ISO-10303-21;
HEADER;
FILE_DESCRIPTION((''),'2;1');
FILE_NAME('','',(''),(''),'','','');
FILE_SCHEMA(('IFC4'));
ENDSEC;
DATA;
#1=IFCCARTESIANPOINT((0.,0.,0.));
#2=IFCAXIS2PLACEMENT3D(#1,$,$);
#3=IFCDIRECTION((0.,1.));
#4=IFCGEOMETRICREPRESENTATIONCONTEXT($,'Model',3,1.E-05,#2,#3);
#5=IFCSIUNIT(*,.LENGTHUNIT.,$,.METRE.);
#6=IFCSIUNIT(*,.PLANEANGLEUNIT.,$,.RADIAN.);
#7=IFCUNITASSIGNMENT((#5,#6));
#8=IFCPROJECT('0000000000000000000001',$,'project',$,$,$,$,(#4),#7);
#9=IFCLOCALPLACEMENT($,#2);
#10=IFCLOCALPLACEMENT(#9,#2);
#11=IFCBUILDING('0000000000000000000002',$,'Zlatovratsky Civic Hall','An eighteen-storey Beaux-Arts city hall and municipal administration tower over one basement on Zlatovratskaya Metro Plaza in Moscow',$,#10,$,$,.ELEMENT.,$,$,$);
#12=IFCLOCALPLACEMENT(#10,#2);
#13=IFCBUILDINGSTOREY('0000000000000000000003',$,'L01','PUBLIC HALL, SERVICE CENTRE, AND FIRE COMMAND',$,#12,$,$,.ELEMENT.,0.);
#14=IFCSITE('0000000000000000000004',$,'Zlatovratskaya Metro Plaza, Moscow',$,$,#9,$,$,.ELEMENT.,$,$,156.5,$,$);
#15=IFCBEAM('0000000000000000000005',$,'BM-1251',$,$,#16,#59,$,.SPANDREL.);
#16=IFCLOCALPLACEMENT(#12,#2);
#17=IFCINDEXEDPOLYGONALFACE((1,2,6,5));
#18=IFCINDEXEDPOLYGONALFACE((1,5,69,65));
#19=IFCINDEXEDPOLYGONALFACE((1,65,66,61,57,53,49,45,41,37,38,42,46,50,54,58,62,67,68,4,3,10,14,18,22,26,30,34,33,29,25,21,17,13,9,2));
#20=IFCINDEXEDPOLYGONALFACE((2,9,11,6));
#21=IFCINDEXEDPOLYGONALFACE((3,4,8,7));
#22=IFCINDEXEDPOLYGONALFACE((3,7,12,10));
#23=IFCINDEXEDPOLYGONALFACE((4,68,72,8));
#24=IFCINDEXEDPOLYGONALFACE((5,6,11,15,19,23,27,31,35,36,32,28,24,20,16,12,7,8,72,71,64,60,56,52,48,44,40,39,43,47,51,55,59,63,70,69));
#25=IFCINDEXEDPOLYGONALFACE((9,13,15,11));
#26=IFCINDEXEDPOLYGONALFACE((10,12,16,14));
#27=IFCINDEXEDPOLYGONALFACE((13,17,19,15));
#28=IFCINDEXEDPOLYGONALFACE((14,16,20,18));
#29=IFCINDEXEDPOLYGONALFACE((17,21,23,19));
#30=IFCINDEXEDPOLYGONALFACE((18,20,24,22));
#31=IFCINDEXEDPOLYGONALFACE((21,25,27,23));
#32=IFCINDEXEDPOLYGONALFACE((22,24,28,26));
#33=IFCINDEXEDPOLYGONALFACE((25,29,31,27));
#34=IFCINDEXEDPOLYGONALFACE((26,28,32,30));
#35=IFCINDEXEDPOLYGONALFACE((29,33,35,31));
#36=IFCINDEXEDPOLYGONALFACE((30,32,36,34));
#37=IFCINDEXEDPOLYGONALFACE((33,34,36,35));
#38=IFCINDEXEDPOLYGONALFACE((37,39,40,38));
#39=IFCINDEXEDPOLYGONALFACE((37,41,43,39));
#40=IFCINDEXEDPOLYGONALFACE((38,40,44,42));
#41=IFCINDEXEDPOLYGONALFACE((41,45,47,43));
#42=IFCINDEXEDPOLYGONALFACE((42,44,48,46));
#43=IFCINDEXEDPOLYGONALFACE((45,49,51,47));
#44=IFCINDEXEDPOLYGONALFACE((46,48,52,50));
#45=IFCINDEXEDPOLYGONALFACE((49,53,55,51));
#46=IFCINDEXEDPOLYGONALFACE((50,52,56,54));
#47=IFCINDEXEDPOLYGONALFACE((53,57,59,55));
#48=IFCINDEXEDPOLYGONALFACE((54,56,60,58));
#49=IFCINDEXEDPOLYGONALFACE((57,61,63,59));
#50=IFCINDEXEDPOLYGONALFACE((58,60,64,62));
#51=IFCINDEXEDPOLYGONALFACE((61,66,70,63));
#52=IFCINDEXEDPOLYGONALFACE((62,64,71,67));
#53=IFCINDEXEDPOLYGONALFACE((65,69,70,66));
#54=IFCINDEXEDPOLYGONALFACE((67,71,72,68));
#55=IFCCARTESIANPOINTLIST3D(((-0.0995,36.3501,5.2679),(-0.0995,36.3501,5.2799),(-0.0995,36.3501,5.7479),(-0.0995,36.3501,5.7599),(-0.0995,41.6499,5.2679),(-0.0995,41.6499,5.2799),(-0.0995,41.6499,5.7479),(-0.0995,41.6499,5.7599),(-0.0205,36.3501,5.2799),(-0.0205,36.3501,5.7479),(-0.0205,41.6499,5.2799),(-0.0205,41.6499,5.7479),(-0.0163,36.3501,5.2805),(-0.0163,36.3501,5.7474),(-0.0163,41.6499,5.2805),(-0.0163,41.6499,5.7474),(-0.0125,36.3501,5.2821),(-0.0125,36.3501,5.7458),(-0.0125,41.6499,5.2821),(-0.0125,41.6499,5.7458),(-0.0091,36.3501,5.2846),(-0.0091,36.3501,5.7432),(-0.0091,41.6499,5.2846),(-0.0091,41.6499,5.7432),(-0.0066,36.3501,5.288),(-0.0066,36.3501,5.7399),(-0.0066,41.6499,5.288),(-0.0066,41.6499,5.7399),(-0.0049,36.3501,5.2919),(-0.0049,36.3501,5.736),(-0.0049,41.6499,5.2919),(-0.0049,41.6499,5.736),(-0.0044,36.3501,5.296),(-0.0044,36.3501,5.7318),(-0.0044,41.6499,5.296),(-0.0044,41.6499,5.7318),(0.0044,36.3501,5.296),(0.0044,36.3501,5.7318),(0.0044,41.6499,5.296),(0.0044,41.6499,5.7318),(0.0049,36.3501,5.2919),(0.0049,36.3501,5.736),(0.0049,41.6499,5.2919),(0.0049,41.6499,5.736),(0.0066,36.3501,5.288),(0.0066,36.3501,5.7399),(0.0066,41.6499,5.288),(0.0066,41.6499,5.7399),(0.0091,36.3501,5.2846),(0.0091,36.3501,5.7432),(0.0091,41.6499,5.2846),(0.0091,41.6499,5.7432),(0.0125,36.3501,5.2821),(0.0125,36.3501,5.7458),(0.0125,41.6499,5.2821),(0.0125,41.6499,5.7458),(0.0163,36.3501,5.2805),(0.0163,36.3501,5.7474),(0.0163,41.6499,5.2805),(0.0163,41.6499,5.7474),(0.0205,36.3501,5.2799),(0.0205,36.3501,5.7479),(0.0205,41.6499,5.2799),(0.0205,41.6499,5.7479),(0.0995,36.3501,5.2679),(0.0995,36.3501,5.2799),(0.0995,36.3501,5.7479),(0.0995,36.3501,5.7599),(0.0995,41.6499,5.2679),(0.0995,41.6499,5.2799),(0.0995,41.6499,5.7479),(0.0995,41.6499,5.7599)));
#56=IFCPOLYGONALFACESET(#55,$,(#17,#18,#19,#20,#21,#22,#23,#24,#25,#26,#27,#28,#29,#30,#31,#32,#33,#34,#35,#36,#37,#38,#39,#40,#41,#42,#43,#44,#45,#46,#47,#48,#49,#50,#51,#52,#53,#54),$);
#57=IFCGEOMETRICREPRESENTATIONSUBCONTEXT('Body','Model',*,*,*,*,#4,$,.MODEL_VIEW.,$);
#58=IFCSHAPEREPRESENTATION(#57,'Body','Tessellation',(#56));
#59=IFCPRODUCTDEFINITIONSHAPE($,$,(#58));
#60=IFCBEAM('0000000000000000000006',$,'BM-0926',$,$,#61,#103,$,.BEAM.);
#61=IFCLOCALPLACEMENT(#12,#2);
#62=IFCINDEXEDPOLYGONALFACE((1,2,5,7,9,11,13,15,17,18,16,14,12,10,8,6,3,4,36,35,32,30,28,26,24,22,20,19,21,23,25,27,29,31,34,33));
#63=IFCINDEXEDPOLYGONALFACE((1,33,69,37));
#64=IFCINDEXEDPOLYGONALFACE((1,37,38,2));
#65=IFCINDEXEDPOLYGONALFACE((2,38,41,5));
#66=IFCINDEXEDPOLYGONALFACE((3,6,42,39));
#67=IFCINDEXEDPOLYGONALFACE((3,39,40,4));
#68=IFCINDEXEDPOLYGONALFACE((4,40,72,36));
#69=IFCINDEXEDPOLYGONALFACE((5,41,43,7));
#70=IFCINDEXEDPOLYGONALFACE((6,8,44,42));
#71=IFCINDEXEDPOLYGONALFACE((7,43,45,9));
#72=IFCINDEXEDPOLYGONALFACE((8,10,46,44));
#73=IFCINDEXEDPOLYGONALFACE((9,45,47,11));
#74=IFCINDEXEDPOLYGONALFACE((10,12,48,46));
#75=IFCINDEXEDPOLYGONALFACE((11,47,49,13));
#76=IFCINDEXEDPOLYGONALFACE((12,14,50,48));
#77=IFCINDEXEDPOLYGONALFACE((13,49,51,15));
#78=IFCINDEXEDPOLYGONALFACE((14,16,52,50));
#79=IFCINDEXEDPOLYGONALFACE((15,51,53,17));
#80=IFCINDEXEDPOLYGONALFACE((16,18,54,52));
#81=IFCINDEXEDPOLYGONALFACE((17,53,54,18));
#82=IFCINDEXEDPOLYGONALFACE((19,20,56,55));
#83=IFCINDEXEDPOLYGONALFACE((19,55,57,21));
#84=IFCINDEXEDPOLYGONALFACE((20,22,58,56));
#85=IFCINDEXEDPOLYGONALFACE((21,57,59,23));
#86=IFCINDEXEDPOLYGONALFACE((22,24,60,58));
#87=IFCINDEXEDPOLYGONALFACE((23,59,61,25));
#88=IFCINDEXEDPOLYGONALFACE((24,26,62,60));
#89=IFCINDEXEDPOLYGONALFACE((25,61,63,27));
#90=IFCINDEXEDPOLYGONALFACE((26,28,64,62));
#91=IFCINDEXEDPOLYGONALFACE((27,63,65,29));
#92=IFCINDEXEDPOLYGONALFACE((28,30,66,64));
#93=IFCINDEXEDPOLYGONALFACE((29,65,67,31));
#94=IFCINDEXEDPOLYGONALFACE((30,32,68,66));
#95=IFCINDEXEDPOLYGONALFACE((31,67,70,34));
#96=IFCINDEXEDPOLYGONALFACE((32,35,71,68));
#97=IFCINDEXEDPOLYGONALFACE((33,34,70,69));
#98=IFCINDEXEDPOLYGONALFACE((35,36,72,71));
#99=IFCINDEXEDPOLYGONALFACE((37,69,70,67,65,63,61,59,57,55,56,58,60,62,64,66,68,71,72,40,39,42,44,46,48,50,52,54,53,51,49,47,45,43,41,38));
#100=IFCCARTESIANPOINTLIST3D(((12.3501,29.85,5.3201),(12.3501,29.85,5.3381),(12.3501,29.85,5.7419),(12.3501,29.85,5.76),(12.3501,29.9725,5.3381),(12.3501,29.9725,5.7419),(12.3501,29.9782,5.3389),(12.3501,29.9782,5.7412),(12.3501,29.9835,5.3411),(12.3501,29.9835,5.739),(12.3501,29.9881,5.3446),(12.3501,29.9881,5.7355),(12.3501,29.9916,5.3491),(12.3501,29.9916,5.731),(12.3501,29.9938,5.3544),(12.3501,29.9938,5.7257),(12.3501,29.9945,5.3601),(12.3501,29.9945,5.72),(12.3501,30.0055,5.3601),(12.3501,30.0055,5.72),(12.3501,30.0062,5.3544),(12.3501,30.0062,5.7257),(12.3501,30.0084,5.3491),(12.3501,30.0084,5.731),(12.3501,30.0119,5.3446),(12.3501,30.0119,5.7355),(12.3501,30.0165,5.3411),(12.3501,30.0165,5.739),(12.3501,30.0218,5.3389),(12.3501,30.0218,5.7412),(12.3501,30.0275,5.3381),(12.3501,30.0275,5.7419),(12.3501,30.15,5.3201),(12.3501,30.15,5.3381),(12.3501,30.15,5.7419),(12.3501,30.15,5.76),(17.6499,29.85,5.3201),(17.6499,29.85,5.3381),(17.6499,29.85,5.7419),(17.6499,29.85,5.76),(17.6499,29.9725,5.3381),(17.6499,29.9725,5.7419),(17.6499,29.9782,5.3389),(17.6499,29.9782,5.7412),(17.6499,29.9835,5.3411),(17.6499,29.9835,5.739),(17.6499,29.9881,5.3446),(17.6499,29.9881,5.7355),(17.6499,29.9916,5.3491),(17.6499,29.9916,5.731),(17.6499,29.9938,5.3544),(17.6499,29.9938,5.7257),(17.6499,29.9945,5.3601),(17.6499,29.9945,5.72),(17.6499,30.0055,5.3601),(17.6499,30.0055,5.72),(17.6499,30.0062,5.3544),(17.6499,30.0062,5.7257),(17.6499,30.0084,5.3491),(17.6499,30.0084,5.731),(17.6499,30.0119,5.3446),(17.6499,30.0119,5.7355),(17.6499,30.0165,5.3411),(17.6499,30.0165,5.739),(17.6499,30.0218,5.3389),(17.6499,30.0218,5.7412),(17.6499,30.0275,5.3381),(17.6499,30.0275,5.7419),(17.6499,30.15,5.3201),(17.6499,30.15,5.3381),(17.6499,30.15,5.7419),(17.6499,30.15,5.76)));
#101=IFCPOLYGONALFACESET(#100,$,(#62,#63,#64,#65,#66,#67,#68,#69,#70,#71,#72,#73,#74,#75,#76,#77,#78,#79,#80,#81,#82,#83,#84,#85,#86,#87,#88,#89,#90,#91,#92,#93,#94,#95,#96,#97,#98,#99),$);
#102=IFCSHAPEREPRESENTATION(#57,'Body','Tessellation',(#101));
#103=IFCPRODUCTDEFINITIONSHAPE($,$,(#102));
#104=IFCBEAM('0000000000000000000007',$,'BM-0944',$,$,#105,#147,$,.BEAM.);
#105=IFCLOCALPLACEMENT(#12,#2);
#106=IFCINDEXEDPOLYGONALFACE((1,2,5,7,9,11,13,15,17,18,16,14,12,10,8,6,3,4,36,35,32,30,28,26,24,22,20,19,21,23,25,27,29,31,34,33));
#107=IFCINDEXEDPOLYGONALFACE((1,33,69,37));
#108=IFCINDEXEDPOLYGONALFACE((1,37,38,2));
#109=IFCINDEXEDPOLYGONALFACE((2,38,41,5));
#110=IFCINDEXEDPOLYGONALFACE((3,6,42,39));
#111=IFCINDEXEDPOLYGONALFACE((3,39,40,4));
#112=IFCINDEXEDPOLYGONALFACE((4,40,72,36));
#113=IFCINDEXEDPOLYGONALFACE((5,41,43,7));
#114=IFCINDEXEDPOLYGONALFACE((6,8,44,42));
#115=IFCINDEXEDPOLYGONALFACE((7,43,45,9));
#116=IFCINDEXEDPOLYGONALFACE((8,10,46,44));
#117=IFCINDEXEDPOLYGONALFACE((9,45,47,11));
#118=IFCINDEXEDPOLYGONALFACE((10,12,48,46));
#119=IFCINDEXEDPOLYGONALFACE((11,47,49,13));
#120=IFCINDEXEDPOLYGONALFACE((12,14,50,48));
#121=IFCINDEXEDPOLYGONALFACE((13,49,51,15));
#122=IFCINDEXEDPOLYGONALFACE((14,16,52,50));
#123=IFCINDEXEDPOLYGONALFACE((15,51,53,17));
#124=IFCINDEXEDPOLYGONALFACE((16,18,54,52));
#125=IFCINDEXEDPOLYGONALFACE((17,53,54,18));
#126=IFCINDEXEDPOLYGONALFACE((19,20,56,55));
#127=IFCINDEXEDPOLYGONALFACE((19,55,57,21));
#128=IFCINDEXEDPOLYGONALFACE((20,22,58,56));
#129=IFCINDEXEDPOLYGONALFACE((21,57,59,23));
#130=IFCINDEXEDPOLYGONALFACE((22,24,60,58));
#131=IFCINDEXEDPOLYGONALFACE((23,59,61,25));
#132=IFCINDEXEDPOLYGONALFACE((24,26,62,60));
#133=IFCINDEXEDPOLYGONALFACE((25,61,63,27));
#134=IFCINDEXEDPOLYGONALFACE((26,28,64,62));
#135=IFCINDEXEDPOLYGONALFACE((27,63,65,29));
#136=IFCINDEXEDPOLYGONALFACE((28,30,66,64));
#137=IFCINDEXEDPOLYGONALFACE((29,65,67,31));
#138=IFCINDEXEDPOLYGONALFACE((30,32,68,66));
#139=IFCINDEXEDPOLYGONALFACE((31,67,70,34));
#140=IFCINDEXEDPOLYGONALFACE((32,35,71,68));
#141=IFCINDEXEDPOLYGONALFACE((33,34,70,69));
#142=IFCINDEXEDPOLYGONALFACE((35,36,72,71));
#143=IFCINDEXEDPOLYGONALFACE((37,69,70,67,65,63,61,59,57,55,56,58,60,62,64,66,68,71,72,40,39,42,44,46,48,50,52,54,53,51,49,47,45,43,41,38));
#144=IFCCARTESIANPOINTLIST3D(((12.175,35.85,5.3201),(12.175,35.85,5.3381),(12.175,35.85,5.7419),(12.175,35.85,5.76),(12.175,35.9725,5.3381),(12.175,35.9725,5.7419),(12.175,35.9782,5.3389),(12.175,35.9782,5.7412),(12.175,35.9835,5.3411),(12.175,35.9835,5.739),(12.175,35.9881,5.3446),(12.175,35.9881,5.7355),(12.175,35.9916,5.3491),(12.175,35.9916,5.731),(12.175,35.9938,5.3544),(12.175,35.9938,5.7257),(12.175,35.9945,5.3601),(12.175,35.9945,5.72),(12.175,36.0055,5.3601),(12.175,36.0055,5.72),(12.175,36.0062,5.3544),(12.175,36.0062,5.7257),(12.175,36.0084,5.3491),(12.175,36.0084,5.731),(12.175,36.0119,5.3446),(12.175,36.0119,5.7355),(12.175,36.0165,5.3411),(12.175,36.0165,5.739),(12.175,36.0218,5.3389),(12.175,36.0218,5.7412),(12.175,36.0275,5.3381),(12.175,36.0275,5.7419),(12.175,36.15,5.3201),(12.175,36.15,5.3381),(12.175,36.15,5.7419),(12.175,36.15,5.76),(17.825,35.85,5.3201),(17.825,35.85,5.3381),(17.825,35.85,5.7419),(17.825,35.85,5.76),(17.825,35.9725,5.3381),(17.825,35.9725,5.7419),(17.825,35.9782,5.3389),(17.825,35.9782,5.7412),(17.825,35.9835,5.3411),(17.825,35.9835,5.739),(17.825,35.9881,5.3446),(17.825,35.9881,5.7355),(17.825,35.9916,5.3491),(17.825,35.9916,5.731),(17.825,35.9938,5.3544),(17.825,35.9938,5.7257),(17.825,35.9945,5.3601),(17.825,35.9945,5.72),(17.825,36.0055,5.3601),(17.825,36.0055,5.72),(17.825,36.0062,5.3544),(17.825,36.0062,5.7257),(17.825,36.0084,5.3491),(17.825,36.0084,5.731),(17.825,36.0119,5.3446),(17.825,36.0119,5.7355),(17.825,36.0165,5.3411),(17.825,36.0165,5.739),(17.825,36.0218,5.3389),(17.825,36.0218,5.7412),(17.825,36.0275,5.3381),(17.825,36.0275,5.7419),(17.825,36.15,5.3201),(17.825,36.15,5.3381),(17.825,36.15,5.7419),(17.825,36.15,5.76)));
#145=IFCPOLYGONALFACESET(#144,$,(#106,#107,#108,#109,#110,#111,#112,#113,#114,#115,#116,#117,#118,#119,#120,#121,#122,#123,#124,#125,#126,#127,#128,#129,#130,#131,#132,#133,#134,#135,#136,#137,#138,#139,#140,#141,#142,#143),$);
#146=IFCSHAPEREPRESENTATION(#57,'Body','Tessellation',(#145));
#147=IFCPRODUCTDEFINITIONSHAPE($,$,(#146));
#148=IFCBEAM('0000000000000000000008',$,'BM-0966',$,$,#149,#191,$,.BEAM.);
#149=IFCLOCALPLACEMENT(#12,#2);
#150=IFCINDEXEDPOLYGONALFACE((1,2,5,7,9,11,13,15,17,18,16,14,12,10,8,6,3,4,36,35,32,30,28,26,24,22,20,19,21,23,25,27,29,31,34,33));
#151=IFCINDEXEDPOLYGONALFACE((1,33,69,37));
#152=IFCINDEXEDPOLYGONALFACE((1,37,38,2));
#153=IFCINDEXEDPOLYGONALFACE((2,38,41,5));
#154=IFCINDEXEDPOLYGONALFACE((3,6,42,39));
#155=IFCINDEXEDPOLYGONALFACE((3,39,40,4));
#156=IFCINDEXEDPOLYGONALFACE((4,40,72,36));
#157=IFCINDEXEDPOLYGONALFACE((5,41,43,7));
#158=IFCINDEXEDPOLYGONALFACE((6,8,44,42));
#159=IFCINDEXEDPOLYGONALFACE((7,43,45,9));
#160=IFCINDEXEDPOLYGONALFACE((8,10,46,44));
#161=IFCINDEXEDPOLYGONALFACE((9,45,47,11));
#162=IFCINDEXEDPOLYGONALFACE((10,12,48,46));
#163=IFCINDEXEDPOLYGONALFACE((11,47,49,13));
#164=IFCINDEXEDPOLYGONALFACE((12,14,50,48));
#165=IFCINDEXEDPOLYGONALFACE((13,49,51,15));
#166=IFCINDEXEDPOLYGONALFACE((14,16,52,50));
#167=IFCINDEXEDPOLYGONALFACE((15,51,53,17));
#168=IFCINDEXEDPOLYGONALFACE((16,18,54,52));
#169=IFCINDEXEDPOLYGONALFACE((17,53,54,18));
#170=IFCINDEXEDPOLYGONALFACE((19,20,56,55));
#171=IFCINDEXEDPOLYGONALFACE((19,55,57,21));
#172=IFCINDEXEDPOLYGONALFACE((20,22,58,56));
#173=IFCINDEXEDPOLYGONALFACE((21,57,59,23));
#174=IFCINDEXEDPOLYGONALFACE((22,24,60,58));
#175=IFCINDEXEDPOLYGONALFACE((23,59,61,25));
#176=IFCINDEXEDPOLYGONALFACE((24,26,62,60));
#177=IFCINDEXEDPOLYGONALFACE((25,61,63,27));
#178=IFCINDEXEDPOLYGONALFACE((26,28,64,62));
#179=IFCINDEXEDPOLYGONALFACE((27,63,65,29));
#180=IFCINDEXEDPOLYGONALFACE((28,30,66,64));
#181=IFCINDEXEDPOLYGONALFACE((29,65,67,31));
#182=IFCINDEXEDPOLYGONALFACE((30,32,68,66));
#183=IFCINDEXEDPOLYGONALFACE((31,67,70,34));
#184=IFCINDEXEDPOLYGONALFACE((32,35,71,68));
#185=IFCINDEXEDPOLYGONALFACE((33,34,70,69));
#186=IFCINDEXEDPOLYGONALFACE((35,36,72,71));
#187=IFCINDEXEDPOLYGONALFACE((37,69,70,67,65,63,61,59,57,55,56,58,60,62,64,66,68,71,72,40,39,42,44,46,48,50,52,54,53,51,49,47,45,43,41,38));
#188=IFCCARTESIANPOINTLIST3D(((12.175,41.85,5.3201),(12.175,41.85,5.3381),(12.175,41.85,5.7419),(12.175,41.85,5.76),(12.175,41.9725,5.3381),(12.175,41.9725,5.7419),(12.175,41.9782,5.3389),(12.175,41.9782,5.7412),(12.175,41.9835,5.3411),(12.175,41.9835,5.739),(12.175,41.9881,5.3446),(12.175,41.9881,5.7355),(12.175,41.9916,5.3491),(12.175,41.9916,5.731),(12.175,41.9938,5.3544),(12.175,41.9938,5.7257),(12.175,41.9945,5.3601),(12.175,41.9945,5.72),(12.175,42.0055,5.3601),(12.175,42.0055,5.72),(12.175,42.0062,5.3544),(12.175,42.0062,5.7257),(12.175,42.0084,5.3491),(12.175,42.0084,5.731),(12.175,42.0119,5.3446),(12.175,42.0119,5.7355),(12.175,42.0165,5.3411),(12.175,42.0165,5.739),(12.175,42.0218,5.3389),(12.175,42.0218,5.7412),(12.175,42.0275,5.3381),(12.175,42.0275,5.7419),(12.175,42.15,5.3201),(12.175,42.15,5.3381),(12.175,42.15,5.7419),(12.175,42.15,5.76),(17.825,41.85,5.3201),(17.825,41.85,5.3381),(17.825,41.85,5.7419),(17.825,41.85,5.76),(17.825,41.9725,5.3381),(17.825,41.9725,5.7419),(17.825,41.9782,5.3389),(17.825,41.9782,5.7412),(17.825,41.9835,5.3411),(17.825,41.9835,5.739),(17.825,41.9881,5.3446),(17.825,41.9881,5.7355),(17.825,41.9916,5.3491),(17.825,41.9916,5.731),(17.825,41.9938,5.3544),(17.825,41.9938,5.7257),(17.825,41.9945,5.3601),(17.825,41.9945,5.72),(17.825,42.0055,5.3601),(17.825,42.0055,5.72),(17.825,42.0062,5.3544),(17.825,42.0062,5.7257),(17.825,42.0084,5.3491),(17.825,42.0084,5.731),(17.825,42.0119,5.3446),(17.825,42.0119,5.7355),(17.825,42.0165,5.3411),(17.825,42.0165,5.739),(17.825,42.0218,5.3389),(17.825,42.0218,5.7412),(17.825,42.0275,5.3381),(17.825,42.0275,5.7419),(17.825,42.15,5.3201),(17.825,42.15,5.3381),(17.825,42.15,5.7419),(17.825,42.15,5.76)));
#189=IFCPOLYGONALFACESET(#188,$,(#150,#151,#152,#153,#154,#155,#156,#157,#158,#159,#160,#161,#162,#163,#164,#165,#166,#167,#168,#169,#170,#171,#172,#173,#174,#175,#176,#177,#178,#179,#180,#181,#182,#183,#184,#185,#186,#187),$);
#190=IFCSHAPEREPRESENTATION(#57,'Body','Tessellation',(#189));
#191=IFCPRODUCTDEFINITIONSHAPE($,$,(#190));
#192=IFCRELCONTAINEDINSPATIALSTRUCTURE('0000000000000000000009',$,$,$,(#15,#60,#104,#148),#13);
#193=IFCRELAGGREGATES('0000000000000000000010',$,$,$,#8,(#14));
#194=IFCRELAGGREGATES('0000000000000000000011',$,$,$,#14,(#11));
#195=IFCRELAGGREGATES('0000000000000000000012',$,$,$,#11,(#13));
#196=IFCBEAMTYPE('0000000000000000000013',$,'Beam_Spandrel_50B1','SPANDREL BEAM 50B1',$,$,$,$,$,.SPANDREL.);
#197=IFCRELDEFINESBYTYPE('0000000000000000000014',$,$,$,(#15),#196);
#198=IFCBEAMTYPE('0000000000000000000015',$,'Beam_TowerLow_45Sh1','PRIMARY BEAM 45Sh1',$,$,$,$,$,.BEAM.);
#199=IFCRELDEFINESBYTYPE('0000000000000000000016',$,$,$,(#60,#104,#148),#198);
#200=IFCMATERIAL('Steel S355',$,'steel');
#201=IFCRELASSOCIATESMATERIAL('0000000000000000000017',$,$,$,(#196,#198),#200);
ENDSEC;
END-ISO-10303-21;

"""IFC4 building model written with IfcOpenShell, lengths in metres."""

from ifc_helpers import new_model, si_unit, direction, frame, origin, origin_2d, place, context, subcontext, project, spatial, i_section, extrude, material, material_profile, profile_set, type_object, element, save


model = new_model("IFC4")

# Units and contexts
model_context = context("Model", 3, precision=1e-05, world=origin(), true_north=direction((0.0, 1.0)))
body_context = subcontext(model_context, "Body", "Model", "MODEL_VIEW")
ifc_project = project(units=[si_unit("LENGTHUNIT", "METRE"), si_unit("PLANEANGLEUNIT", "RADIAN")], contexts=[model_context])

# Site, building, storey
site_placement = place(None, origin())
site = spatial("IfcSite", under=ifc_project, at=site_placement, Name="Zlatovratskaya Metro Plaza, Moscow", CompositionType="ELEMENT", RefElevation=156.5)
building_placement = place(site_placement, origin())
building = spatial("IfcBuilding", under=site, at=building_placement, Name="Zlatovratsky Civic Hall", Description="An eighteen-storey Beaux-Arts city hall and municipal administration tower over one basement on Zlatovratskaya Metro Plaza in Moscow", CompositionType="ELEMENT")
storey_placement = place(building_placement, origin())
storey = spatial("IfcBuildingStorey", under=building, at=storey_placement, Name="L01", Description="PUBLIC HALL, SERVICE CENTRE, AND FIRE COMMAND", CompositionType="ELEMENT", Elevation=0.0)

# Shared definitions
ifc_material_1 = material(Name="Steel S355", Category="steel")

# Beams
ifc_material_profile_1 = material_profile(ifc_material_1, i_section(OverallWidth=0.199, OverallDepth=0.4919, WebThickness=0.0088, FlangeThickness=0.012, FilletRadius=0.0161, at=origin_2d()), Name="50B1")
ifc_profile_set_1 = profile_set([ifc_material_profile_1], Name="Steel S355")
beam_type_1 = type_object("IfcBeamType", Name="Beam_Spandrel_50B1", Description="SPANDREL BEAM 50B1", PredefinedType="SPANDREL", material=ifc_profile_set_1)
for number, where, z_axis, x_axis, name in (
    (1, (0.0, 36.3501, 5.5139), (0.0, 1.0, 0.0), (-1.0, 0.0, 0.0), "BM-1251"),
):
    element("IfcBeam", number, at=place(storey_placement, frame(where, z_axis=z_axis, x_axis=x_axis)), inside=storey, type_object=beam_type_1, Name=name, PredefinedType="SPANDREL", context=body_context, shape_type="SweptSolid", body=[
        extrude(i_section(OverallWidth=0.199, OverallDepth=0.4919, WebThickness=0.0088, FlangeThickness=0.012, FilletRadius=0.0161, at=origin_2d()), origin(), (0.0, 0.0, 1.0), 5.2998),
    ])
ifc_material_profile_2 = material_profile(ifc_material_1, i_section(OverallWidth=0.3, OverallDepth=0.4399, WebThickness=0.011, FlangeThickness=0.0181, FilletRadius=0.022, at=origin_2d()), Name="45Sh1")
ifc_profile_set_2 = profile_set([ifc_material_profile_2], Name="Steel S355")
beam_type_2 = type_object("IfcBeamType", Name="Beam_TowerLow_45Sh1", Description="PRIMARY BEAM 45Sh1", PredefinedType="BEAM", material=ifc_profile_set_2)
beam_1_placement = place(storey_placement, frame((12.3501, 30.0, 5.54), z_axis=(1.0, 0.0, 0.0), x_axis=(0.0, 1.0, 0.0)))
element("IfcBeam", 2, at=beam_1_placement, inside=storey, type_object=beam_type_2, Name="BM-0926", PredefinedType="BEAM", context=body_context, shape_type="SweptSolid", body=[
    extrude(i_section(OverallWidth=0.3, OverallDepth=0.4399, WebThickness=0.011, FlangeThickness=0.0181, FilletRadius=0.022, at=origin_2d()), origin(), (0.0, 0.0, 1.0), 5.2998),
])
for number, where, z_axis, x_axis, name in (
    (3, (12.175, 36.0, 5.54), (1.0, 0.0, 0.0), (0.0, 1.0, 0.0), "BM-0944"),
    (4, (12.175, 42.0, 5.54), (1.0, 0.0, 0.0), (0.0, 1.0, 0.0), "BM-0966"),
):
    element("IfcBeam", number, at=place(storey_placement, frame(where, z_axis=z_axis, x_axis=x_axis)), inside=storey, type_object=beam_type_2, Name=name, PredefinedType="BEAM", context=body_context, shape_type="SweptSolid", body=[
        extrude(i_section(OverallWidth=0.3, OverallDepth=0.4399, WebThickness=0.011, FlangeThickness=0.0181, FilletRadius=0.022, at=origin_2d()), origin(), (0.0, 0.0, 1.0), 5.6499),
    ])

save(model, "model.ifc")
